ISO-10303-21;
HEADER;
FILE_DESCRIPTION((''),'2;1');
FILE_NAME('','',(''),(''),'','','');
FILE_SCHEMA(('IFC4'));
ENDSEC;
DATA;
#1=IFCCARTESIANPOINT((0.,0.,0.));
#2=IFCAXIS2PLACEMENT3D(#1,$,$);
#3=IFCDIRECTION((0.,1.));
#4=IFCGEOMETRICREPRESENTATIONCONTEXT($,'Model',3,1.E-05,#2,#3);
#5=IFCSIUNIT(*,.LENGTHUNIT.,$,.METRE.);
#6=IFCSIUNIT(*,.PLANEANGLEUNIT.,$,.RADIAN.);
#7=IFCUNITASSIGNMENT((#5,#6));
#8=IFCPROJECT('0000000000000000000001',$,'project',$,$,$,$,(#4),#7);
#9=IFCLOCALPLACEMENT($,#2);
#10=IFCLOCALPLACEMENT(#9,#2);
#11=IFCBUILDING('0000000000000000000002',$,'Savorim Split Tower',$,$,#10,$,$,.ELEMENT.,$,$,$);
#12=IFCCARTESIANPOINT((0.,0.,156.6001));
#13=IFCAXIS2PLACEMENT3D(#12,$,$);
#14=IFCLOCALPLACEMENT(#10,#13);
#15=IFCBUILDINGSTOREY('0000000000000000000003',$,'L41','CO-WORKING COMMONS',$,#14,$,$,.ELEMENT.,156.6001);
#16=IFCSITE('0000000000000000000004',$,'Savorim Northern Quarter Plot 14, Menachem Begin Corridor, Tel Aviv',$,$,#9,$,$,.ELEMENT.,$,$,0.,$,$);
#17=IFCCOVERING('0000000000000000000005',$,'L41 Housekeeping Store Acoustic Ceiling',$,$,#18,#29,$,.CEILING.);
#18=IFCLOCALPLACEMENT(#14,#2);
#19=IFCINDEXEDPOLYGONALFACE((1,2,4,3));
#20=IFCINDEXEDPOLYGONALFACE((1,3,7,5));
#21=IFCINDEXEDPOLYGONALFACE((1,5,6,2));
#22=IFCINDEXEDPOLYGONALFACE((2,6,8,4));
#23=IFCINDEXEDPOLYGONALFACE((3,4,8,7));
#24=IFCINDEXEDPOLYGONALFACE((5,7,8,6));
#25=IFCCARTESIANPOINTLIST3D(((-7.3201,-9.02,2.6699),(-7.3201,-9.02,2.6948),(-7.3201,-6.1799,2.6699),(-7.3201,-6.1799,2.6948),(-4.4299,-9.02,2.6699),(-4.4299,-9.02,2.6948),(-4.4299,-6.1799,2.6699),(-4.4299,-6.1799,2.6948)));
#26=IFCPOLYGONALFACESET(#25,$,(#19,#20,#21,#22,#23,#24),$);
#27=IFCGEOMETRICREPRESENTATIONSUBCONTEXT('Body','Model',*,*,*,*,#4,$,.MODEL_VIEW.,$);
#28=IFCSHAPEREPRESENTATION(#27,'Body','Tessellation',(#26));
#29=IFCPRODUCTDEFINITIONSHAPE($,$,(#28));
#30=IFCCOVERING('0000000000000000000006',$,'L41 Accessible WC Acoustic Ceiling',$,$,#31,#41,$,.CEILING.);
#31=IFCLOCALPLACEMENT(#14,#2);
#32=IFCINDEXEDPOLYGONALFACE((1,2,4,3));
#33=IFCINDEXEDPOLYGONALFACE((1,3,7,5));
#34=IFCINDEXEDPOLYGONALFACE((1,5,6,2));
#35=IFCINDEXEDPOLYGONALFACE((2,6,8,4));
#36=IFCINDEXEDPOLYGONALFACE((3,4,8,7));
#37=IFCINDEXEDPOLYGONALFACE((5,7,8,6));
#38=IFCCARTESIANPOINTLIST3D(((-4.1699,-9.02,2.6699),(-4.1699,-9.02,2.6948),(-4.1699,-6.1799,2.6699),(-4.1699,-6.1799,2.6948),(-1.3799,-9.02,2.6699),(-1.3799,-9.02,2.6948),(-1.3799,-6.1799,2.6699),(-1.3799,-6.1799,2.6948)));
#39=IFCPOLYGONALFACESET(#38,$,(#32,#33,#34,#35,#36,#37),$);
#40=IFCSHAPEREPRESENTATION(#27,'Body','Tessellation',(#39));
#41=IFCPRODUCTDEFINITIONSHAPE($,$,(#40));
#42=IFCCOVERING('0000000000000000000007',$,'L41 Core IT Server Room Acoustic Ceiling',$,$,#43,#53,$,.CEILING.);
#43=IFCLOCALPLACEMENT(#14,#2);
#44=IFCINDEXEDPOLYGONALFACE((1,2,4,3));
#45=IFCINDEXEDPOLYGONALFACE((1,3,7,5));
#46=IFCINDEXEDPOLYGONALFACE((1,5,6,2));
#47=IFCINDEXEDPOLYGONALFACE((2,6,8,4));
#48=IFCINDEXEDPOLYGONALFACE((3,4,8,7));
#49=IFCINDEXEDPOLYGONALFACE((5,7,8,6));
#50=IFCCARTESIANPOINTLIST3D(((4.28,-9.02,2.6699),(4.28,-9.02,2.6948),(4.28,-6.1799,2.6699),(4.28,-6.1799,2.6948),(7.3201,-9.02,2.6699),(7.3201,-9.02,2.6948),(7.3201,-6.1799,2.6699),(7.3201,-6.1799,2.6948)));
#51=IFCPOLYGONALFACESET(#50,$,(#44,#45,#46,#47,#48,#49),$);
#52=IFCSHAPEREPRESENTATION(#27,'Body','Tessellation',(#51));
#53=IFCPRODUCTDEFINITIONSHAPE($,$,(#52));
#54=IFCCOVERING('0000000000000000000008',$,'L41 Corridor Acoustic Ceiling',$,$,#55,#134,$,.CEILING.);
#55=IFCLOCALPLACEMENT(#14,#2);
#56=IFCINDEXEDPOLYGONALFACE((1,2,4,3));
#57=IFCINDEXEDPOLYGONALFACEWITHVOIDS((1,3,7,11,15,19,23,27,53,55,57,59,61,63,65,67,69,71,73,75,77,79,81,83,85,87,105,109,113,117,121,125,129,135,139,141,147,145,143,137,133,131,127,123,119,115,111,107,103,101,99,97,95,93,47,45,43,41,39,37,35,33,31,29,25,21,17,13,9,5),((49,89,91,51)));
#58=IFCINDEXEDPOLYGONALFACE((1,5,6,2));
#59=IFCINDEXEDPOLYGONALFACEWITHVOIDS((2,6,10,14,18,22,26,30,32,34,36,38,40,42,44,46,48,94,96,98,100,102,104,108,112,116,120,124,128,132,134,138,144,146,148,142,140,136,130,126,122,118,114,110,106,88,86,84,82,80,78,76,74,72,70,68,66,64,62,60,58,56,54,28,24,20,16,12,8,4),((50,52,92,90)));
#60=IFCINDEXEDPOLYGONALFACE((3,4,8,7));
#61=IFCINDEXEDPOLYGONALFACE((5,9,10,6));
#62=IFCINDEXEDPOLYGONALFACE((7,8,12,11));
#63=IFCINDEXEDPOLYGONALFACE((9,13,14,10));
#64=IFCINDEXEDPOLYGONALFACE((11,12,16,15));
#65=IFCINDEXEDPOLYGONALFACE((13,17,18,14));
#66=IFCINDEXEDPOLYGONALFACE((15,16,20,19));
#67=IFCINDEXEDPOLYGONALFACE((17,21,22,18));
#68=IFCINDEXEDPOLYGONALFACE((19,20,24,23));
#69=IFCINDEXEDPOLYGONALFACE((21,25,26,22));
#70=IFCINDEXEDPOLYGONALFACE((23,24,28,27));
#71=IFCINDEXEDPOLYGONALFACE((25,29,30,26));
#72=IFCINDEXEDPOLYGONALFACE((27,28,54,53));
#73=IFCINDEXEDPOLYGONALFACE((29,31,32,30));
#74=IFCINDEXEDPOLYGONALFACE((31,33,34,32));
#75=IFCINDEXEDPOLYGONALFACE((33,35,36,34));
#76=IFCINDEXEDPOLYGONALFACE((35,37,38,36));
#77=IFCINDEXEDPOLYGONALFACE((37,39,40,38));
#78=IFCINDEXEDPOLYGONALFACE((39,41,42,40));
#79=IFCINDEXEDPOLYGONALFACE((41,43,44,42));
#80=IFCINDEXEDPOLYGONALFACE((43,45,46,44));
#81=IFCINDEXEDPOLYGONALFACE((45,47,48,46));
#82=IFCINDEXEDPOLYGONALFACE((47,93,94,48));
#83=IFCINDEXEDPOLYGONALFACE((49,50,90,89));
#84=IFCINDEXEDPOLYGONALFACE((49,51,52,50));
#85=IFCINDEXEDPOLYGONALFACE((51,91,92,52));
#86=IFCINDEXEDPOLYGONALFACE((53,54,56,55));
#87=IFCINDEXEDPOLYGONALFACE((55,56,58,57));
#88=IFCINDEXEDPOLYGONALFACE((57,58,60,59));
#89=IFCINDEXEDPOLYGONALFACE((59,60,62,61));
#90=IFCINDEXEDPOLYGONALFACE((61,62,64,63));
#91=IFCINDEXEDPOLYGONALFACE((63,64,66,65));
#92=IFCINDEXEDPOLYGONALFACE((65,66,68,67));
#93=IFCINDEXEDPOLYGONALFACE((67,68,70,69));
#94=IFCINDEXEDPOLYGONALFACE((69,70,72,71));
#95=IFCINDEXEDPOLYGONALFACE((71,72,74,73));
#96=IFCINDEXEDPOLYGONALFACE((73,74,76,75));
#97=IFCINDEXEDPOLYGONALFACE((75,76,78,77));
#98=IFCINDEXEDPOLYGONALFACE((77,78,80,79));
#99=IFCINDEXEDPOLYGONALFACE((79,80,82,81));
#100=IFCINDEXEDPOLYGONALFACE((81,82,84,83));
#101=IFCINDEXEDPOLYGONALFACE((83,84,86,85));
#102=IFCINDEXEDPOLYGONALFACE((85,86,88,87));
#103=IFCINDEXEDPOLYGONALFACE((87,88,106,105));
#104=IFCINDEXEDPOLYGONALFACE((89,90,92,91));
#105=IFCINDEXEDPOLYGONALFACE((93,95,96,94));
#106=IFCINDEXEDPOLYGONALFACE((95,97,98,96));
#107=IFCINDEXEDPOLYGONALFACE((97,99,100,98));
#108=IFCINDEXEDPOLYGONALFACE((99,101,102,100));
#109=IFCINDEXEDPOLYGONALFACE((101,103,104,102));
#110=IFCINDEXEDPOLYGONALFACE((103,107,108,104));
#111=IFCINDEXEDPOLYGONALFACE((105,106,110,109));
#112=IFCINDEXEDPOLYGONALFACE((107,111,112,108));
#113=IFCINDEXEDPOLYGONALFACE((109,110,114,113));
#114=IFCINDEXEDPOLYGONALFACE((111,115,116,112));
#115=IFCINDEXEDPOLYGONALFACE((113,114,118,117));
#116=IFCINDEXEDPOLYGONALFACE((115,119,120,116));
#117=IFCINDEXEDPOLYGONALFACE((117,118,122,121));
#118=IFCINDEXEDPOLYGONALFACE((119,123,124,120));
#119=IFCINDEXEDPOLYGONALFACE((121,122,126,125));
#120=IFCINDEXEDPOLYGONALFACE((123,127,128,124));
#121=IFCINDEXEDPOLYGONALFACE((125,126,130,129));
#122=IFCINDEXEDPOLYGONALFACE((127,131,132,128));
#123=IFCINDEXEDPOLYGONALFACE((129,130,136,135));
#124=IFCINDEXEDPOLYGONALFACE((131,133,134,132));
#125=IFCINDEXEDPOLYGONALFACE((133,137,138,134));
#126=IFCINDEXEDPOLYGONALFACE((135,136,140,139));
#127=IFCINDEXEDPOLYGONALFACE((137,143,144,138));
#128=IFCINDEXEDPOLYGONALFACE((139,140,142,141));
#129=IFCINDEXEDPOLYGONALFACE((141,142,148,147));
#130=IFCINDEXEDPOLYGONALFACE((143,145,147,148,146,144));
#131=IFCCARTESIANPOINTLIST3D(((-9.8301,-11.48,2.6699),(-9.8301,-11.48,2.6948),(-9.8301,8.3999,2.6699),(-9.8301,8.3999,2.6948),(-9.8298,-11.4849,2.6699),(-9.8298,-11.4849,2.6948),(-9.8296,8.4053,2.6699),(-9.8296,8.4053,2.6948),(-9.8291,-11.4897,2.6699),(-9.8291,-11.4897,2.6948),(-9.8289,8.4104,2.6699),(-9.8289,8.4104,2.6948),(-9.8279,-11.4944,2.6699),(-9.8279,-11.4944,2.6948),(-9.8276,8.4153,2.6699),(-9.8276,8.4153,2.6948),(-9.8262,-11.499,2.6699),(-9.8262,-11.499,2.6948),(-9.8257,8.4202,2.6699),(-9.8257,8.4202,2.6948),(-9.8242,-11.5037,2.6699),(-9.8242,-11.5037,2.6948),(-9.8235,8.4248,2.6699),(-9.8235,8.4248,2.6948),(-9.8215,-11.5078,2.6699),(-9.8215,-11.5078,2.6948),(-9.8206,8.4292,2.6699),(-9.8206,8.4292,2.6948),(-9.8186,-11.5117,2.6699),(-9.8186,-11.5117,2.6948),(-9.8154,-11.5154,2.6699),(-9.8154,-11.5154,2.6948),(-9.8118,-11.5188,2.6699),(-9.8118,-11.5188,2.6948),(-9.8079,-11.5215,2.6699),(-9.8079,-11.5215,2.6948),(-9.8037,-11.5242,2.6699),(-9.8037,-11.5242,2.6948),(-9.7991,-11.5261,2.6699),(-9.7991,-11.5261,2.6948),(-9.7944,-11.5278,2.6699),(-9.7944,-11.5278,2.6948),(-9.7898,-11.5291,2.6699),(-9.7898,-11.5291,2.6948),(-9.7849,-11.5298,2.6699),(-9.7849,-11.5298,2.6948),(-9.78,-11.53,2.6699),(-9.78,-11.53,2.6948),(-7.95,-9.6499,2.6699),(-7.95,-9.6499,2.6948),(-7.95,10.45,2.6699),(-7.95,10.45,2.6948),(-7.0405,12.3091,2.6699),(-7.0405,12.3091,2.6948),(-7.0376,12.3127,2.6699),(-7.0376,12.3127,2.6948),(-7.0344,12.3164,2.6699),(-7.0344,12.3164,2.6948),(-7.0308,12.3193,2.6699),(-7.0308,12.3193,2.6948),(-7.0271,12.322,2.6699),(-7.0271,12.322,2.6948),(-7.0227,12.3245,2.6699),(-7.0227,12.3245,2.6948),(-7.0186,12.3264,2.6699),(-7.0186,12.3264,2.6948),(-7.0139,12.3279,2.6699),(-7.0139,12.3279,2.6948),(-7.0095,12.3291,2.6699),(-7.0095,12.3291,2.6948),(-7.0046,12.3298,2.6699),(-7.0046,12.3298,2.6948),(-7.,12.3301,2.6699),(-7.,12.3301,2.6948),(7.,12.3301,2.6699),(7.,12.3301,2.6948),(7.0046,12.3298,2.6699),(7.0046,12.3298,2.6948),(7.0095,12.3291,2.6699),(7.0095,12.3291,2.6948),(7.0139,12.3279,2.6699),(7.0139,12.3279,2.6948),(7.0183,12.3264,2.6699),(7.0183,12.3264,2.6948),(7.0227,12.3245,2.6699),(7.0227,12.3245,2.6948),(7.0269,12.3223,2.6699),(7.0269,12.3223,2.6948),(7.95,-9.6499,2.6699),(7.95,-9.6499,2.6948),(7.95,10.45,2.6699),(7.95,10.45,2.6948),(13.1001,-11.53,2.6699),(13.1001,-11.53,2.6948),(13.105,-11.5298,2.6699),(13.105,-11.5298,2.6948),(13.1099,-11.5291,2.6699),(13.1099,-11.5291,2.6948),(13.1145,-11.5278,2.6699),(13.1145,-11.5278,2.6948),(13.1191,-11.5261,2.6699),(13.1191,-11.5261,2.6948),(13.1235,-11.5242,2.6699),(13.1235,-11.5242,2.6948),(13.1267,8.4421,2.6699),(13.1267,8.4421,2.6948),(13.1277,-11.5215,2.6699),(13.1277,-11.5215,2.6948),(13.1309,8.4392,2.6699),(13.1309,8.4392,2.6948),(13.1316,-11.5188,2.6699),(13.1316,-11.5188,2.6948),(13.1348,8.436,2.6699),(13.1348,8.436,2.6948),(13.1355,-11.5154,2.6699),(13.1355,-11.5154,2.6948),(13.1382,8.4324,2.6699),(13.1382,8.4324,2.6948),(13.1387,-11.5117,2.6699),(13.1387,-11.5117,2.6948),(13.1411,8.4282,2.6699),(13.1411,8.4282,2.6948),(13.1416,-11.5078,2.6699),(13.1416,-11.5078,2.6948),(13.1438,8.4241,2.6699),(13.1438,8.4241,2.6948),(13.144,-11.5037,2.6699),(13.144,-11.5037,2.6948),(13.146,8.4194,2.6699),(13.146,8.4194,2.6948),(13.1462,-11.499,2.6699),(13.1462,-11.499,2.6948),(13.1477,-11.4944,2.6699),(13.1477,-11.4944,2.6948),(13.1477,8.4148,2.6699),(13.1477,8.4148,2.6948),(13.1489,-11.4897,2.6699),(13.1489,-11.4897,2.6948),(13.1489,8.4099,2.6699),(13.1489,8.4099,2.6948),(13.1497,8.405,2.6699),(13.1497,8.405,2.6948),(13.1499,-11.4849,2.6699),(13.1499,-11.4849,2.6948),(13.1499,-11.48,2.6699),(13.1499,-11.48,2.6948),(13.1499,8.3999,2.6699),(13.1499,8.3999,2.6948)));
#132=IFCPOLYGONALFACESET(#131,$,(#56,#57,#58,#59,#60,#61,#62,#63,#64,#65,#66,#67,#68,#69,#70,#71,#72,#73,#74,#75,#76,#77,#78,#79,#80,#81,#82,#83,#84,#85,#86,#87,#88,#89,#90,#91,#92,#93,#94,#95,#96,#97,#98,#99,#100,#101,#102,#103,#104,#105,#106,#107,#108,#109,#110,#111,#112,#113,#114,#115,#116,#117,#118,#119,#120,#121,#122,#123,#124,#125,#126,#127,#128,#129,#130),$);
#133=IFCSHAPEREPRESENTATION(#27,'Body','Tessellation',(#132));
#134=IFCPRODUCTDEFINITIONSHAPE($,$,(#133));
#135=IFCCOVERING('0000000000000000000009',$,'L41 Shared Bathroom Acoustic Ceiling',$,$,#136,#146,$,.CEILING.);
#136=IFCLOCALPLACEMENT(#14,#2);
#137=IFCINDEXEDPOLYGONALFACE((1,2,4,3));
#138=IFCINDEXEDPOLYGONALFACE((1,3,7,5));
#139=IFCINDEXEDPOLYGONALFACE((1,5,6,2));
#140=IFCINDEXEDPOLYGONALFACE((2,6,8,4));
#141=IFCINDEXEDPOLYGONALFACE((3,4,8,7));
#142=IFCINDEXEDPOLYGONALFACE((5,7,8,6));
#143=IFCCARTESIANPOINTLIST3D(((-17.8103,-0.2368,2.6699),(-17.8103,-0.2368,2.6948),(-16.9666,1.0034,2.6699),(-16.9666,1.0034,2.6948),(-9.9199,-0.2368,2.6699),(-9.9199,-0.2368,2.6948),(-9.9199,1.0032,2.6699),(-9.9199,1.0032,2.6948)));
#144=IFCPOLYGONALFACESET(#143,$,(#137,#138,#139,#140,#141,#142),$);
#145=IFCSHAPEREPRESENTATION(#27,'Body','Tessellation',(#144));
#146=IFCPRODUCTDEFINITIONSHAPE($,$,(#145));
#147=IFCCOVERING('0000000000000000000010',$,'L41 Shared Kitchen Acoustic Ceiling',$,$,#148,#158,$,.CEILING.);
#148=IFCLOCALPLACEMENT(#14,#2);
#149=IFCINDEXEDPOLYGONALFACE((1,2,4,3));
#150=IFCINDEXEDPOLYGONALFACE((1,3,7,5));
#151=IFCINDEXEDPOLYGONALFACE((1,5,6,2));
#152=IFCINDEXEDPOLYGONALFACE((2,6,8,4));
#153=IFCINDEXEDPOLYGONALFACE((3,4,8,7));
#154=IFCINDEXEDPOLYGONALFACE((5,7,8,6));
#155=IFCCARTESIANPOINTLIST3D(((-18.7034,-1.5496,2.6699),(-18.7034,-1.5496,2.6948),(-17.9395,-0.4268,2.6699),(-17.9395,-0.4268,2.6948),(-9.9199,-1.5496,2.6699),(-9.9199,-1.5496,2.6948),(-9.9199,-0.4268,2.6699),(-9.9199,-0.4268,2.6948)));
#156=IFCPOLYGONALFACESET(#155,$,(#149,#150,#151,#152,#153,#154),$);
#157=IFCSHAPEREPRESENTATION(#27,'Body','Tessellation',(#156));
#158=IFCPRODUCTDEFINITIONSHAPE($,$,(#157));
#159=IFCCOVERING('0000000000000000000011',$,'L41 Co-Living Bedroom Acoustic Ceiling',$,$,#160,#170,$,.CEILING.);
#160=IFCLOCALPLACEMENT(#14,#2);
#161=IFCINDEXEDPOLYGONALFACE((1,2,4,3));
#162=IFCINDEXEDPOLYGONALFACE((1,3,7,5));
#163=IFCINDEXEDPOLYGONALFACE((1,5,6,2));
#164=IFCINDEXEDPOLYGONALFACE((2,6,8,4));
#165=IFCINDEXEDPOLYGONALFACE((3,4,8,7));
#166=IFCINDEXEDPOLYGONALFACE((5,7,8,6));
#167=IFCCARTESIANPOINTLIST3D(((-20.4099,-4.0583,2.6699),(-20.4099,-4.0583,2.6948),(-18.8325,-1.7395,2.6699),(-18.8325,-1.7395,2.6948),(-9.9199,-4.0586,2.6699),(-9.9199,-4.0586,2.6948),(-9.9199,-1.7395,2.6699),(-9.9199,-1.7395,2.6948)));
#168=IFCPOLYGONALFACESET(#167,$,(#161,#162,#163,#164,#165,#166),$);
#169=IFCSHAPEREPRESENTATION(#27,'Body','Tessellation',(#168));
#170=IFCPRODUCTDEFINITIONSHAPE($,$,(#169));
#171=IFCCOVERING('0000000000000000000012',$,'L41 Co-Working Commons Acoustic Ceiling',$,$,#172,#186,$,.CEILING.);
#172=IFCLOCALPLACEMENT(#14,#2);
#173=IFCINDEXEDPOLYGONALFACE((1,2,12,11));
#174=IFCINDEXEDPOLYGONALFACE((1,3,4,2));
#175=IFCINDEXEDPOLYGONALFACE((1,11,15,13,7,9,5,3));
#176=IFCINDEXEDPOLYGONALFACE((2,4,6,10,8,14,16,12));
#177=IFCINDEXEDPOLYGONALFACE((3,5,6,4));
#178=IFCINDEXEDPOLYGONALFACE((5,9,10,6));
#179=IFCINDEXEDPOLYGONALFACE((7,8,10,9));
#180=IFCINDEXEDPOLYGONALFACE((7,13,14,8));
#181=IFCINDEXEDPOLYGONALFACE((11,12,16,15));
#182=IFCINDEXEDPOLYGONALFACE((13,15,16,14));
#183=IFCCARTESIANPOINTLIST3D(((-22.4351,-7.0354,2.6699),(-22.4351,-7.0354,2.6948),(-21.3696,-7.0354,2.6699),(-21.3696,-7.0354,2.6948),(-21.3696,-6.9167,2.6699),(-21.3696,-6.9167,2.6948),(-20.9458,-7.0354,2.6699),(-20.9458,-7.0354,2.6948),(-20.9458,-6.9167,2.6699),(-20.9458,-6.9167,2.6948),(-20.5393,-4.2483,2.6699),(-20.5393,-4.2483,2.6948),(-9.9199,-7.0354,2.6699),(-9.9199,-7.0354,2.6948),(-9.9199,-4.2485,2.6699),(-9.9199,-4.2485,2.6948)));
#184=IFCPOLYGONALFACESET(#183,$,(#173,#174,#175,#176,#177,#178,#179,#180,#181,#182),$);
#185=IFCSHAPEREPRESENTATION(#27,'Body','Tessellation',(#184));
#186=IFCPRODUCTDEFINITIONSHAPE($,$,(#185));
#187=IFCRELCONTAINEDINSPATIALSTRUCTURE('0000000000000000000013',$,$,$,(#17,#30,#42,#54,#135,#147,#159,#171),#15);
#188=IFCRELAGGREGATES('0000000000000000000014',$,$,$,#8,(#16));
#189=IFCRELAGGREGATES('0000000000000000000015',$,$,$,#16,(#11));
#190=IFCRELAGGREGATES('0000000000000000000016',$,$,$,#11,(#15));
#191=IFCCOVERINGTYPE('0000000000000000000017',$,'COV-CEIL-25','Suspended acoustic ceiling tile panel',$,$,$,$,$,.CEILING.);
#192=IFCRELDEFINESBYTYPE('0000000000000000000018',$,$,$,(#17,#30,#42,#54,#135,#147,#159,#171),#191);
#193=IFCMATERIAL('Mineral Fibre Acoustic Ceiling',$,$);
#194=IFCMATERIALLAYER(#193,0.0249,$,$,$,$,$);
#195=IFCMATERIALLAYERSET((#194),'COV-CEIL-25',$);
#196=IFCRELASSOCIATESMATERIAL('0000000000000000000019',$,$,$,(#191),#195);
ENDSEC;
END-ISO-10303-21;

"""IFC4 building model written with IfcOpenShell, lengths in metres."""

from ifc_helpers import new_model, si_unit, direction, frame, origin, place, context, subcontext, project, spatial, polyline, outline, extrude, material, layer, layer_set, type_object, element, save


model = new_model("IFC4")

# Units and contexts
model_context = context("Model", 3, precision=1e-05, world=origin(), true_north=direction((0.0, 1.0)))
body_context = subcontext(model_context, "Body", "Model", "MODEL_VIEW")
ifc_project = project(units=[si_unit("LENGTHUNIT", "METRE"), si_unit("PLANEANGLEUNIT", "RADIAN")], contexts=[model_context])

# Site, building, storey
site_placement = place(None, origin())
site = spatial("IfcSite", under=ifc_project, at=site_placement, Name="Savorim Northern Quarter Plot 14, Menachem Begin Corridor, Tel Aviv", CompositionType="ELEMENT", RefElevation=0.0)
building_placement = place(site_placement, origin())
building = spatial("IfcBuilding", under=site, at=building_placement, Name="Savorim Split Tower", CompositionType="ELEMENT")
storey_placement = place(building_placement, frame((0.0, 0.0, 156.6001)))
storey = spatial("IfcBuildingStorey", under=building, at=storey_placement, Name="L41", Description="CO-WORKING COMMONS", CompositionType="ELEMENT", Elevation=156.6001)

# Coverings
ifc_material_1 = material(Name="Mineral Fibre Acoustic Ceiling")
ifc_layer_1 = layer(ifc_material_1, 0.0249)
ifc_layer_set_1 = layer_set([ifc_layer_1], Name="COV-CEIL-25")
covering_type_1 = type_object("IfcCoveringType", Name="COV-CEIL-25", Description="Suspended acoustic ceiling tile panel", PredefinedType="CEILING", material=ifc_layer_set_1)
covering_1_placement = place(storey_placement, frame((0.0, 0.0, 2.6699)))
element("IfcCovering", 1, at=covering_1_placement, inside=storey, type_object=covering_type_1, Name="L41 Housekeeping Store Acoustic Ceiling", PredefinedType="CEILING", context=body_context, shape_type="SweptSolid", body=[
    extrude(outline(polyline([(-7.3201, -6.1799), (-7.3201, -9.02), (-4.4299, -9.02), (-4.4299, -6.1799), (-7.3201, -6.1799)])), origin(), (0.0, 0.0, 1.0), 0.0249),
])
covering_2_placement = place(storey_placement, frame((0.0, 0.0, 2.6699)))
element("IfcCovering", 2, at=covering_2_placement, inside=storey, type_object=covering_type_1, Name="L41 Accessible WC Acoustic Ceiling", PredefinedType="CEILING", context=body_context, shape_type="SweptSolid", body=[
    extrude(outline(polyline([(-4.1699, -6.1799), (-4.1699, -9.02), (-1.3799, -9.02), (-1.3799, -6.1799), (-4.1699, -6.1799)])), origin(), (0.0, 0.0, 1.0), 0.0249),
])
covering_3_placement = place(storey_placement, frame((0.0, 0.0, 2.6699)))
element("IfcCovering", 3, at=covering_3_placement, inside=storey, type_object=covering_type_1, Name="L41 Core IT Server Room Acoustic Ceiling", PredefinedType="CEILING", context=body_context, shape_type="SweptSolid", body=[
    extrude(outline(polyline([(4.28, -6.1799), (4.28, -9.02), (7.3201, -9.02), (7.3201, -6.1799), (4.28, -6.1799)])), origin(), (0.0, 0.0, 1.0), 0.0249),
])
covering_4_placement = place(storey_placement, frame((0.0, 0.0, 2.6699)))
element("IfcCovering", 4, at=covering_4_placement, inside=storey, type_object=covering_type_1, Name="L41 Corridor Acoustic Ceiling", PredefinedType="CEILING", context=body_context, shape_type="SweptSolid", body=[
    extrude(outline(polyline([(7.0095, 12.3291), (7.0046, 12.3298), (7.0, 12.3301), (-7.0, 12.3301), (-7.0046, 12.3298), (-7.0095, 12.3291), (-7.0139, 12.3279), (-7.0186, 12.3264), (-7.0227, 12.3245), (-7.0271, 12.322), (-7.0308, 12.3193), (-7.0344, 12.3164), (-7.0376, 12.3127), (-7.0405, 12.3091), (-9.8206, 8.4292), (-9.8235, 8.4248), (-9.8257, 8.4202), (-9.8276, 8.4153), (-9.8289, 8.4104), (-9.8296, 8.4053), (-9.8301, 8.3999), (-9.8301, -11.48), (-9.8298, -11.4849), (-9.8291, -11.4897), (-9.8279, -11.4944), (-9.8262, -11.499), (-9.8242, -11.5037), (-9.8215, -11.5078), (-9.8186, -11.5117), (-9.8154, -11.5154), (-9.8118, -11.5188), (-9.8079, -11.5215), (-9.8037, -11.5242), (-9.7991, -11.5261), (-9.7944, -11.5278), (-9.7898, -11.5291), (-9.7849, -11.5298), (-9.78, -11.53), (13.1001, -11.53), (13.105, -11.5298), (13.1099, -11.5291), (13.1145, -11.5278), (13.1191, -11.5261), (13.1235, -11.5242), (13.1277, -11.5215), (13.1316, -11.5188), (13.1355, -11.5154), (13.1387, -11.5117), (13.1416, -11.5078), (13.144, -11.5037), (13.1462, -11.499), (13.1477, -11.4944), (13.1489, -11.4897), (13.1499, -11.4849), (13.1499, -11.48), (13.1499, 8.3999), (13.1497, 8.405), (13.1489, 8.4099), (13.1477, 8.4148), (13.146, 8.4194), (13.1438, 8.4241), (13.1411, 8.4282), (13.1382, 8.4324), (13.1348, 8.436), (13.1309, 8.4392), (13.1267, 8.4421), (7.0269, 12.3223), (7.0227, 12.3245), (7.0183, 12.3264), (7.0139, 12.3279), (7.0095, 12.3291)]), holes=[polyline([(-7.95, 10.45), (-7.95, -9.6499), (7.95, -9.6499), (7.95, 10.45), (-7.95, 10.45)])]), origin(), (0.0, 0.0, 1.0), 0.0249),
])
covering_5_placement = place(storey_placement, frame((0.0, 0.0, 2.6699)))
element("IfcCovering", 5, at=covering_5_placement, inside=storey, type_object=covering_type_1, Name="L41 Shared Bathroom Acoustic Ceiling", PredefinedType="CEILING", context=body_context, shape_type="SweptSolid", body=[
    extrude(outline(polyline([(-16.9666, 1.0034), (-17.8103, -0.2368), (-9.9199, -0.2368), (-9.9199, 1.0032), (-16.9666, 1.0034)])), origin(), (0.0, 0.0, 1.0), 0.0249),
])
covering_6_placement = place(storey_placement, frame((0.0, 0.0, 2.6699)))
element("IfcCovering", 6, at=covering_6_placement, inside=storey, type_object=covering_type_1, Name="L41 Shared Kitchen Acoustic Ceiling", PredefinedType="CEILING", context=body_context, shape_type="SweptSolid", body=[
    extrude(outline(polyline([(-17.9395, -0.4268), (-18.7034, -1.5496), (-9.9199, -1.5496), (-9.9199, -0.4268), (-17.9395, -0.4268)])), origin(), (0.0, 0.0, 1.0), 0.0249),
])
covering_7_placement = place(storey_placement, frame((0.0, 0.0, 2.6699)))
element("IfcCovering", 7, at=covering_7_placement, inside=storey, type_object=covering_type_1, Name="L41 Co-Living Bedroom Acoustic Ceiling", PredefinedType="CEILING", context=body_context, shape_type="SweptSolid", body=[
    extrude(outline(polyline([(-18.8325, -1.7395), (-20.4099, -4.0583), (-9.9199, -4.0586), (-9.9199, -1.7395), (-18.8325, -1.7395)])), origin(), (0.0, 0.0, 1.0), 0.0249),
])
covering_8_placement = place(storey_placement, frame((0.0, 0.0, 2.6699)))
element("IfcCovering", 8, at=covering_8_placement, inside=storey, type_object=covering_type_1, Name="L41 Co-Working Commons Acoustic Ceiling", PredefinedType="CEILING", context=body_context, shape_type="SweptSolid", body=[
    extrude(outline(polyline([(-20.9458, -6.9167), (-20.9458, -7.0354), (-9.9199, -7.0354), (-9.9199, -4.2485), (-20.5393, -4.2483), (-22.4351, -7.0354), (-21.3696, -7.0354), (-21.3696, -6.9167), (-20.9458, -6.9167)])), origin(), (0.0, 0.0, 1.0), 0.0249),
])

save(model, "model.ifc")
